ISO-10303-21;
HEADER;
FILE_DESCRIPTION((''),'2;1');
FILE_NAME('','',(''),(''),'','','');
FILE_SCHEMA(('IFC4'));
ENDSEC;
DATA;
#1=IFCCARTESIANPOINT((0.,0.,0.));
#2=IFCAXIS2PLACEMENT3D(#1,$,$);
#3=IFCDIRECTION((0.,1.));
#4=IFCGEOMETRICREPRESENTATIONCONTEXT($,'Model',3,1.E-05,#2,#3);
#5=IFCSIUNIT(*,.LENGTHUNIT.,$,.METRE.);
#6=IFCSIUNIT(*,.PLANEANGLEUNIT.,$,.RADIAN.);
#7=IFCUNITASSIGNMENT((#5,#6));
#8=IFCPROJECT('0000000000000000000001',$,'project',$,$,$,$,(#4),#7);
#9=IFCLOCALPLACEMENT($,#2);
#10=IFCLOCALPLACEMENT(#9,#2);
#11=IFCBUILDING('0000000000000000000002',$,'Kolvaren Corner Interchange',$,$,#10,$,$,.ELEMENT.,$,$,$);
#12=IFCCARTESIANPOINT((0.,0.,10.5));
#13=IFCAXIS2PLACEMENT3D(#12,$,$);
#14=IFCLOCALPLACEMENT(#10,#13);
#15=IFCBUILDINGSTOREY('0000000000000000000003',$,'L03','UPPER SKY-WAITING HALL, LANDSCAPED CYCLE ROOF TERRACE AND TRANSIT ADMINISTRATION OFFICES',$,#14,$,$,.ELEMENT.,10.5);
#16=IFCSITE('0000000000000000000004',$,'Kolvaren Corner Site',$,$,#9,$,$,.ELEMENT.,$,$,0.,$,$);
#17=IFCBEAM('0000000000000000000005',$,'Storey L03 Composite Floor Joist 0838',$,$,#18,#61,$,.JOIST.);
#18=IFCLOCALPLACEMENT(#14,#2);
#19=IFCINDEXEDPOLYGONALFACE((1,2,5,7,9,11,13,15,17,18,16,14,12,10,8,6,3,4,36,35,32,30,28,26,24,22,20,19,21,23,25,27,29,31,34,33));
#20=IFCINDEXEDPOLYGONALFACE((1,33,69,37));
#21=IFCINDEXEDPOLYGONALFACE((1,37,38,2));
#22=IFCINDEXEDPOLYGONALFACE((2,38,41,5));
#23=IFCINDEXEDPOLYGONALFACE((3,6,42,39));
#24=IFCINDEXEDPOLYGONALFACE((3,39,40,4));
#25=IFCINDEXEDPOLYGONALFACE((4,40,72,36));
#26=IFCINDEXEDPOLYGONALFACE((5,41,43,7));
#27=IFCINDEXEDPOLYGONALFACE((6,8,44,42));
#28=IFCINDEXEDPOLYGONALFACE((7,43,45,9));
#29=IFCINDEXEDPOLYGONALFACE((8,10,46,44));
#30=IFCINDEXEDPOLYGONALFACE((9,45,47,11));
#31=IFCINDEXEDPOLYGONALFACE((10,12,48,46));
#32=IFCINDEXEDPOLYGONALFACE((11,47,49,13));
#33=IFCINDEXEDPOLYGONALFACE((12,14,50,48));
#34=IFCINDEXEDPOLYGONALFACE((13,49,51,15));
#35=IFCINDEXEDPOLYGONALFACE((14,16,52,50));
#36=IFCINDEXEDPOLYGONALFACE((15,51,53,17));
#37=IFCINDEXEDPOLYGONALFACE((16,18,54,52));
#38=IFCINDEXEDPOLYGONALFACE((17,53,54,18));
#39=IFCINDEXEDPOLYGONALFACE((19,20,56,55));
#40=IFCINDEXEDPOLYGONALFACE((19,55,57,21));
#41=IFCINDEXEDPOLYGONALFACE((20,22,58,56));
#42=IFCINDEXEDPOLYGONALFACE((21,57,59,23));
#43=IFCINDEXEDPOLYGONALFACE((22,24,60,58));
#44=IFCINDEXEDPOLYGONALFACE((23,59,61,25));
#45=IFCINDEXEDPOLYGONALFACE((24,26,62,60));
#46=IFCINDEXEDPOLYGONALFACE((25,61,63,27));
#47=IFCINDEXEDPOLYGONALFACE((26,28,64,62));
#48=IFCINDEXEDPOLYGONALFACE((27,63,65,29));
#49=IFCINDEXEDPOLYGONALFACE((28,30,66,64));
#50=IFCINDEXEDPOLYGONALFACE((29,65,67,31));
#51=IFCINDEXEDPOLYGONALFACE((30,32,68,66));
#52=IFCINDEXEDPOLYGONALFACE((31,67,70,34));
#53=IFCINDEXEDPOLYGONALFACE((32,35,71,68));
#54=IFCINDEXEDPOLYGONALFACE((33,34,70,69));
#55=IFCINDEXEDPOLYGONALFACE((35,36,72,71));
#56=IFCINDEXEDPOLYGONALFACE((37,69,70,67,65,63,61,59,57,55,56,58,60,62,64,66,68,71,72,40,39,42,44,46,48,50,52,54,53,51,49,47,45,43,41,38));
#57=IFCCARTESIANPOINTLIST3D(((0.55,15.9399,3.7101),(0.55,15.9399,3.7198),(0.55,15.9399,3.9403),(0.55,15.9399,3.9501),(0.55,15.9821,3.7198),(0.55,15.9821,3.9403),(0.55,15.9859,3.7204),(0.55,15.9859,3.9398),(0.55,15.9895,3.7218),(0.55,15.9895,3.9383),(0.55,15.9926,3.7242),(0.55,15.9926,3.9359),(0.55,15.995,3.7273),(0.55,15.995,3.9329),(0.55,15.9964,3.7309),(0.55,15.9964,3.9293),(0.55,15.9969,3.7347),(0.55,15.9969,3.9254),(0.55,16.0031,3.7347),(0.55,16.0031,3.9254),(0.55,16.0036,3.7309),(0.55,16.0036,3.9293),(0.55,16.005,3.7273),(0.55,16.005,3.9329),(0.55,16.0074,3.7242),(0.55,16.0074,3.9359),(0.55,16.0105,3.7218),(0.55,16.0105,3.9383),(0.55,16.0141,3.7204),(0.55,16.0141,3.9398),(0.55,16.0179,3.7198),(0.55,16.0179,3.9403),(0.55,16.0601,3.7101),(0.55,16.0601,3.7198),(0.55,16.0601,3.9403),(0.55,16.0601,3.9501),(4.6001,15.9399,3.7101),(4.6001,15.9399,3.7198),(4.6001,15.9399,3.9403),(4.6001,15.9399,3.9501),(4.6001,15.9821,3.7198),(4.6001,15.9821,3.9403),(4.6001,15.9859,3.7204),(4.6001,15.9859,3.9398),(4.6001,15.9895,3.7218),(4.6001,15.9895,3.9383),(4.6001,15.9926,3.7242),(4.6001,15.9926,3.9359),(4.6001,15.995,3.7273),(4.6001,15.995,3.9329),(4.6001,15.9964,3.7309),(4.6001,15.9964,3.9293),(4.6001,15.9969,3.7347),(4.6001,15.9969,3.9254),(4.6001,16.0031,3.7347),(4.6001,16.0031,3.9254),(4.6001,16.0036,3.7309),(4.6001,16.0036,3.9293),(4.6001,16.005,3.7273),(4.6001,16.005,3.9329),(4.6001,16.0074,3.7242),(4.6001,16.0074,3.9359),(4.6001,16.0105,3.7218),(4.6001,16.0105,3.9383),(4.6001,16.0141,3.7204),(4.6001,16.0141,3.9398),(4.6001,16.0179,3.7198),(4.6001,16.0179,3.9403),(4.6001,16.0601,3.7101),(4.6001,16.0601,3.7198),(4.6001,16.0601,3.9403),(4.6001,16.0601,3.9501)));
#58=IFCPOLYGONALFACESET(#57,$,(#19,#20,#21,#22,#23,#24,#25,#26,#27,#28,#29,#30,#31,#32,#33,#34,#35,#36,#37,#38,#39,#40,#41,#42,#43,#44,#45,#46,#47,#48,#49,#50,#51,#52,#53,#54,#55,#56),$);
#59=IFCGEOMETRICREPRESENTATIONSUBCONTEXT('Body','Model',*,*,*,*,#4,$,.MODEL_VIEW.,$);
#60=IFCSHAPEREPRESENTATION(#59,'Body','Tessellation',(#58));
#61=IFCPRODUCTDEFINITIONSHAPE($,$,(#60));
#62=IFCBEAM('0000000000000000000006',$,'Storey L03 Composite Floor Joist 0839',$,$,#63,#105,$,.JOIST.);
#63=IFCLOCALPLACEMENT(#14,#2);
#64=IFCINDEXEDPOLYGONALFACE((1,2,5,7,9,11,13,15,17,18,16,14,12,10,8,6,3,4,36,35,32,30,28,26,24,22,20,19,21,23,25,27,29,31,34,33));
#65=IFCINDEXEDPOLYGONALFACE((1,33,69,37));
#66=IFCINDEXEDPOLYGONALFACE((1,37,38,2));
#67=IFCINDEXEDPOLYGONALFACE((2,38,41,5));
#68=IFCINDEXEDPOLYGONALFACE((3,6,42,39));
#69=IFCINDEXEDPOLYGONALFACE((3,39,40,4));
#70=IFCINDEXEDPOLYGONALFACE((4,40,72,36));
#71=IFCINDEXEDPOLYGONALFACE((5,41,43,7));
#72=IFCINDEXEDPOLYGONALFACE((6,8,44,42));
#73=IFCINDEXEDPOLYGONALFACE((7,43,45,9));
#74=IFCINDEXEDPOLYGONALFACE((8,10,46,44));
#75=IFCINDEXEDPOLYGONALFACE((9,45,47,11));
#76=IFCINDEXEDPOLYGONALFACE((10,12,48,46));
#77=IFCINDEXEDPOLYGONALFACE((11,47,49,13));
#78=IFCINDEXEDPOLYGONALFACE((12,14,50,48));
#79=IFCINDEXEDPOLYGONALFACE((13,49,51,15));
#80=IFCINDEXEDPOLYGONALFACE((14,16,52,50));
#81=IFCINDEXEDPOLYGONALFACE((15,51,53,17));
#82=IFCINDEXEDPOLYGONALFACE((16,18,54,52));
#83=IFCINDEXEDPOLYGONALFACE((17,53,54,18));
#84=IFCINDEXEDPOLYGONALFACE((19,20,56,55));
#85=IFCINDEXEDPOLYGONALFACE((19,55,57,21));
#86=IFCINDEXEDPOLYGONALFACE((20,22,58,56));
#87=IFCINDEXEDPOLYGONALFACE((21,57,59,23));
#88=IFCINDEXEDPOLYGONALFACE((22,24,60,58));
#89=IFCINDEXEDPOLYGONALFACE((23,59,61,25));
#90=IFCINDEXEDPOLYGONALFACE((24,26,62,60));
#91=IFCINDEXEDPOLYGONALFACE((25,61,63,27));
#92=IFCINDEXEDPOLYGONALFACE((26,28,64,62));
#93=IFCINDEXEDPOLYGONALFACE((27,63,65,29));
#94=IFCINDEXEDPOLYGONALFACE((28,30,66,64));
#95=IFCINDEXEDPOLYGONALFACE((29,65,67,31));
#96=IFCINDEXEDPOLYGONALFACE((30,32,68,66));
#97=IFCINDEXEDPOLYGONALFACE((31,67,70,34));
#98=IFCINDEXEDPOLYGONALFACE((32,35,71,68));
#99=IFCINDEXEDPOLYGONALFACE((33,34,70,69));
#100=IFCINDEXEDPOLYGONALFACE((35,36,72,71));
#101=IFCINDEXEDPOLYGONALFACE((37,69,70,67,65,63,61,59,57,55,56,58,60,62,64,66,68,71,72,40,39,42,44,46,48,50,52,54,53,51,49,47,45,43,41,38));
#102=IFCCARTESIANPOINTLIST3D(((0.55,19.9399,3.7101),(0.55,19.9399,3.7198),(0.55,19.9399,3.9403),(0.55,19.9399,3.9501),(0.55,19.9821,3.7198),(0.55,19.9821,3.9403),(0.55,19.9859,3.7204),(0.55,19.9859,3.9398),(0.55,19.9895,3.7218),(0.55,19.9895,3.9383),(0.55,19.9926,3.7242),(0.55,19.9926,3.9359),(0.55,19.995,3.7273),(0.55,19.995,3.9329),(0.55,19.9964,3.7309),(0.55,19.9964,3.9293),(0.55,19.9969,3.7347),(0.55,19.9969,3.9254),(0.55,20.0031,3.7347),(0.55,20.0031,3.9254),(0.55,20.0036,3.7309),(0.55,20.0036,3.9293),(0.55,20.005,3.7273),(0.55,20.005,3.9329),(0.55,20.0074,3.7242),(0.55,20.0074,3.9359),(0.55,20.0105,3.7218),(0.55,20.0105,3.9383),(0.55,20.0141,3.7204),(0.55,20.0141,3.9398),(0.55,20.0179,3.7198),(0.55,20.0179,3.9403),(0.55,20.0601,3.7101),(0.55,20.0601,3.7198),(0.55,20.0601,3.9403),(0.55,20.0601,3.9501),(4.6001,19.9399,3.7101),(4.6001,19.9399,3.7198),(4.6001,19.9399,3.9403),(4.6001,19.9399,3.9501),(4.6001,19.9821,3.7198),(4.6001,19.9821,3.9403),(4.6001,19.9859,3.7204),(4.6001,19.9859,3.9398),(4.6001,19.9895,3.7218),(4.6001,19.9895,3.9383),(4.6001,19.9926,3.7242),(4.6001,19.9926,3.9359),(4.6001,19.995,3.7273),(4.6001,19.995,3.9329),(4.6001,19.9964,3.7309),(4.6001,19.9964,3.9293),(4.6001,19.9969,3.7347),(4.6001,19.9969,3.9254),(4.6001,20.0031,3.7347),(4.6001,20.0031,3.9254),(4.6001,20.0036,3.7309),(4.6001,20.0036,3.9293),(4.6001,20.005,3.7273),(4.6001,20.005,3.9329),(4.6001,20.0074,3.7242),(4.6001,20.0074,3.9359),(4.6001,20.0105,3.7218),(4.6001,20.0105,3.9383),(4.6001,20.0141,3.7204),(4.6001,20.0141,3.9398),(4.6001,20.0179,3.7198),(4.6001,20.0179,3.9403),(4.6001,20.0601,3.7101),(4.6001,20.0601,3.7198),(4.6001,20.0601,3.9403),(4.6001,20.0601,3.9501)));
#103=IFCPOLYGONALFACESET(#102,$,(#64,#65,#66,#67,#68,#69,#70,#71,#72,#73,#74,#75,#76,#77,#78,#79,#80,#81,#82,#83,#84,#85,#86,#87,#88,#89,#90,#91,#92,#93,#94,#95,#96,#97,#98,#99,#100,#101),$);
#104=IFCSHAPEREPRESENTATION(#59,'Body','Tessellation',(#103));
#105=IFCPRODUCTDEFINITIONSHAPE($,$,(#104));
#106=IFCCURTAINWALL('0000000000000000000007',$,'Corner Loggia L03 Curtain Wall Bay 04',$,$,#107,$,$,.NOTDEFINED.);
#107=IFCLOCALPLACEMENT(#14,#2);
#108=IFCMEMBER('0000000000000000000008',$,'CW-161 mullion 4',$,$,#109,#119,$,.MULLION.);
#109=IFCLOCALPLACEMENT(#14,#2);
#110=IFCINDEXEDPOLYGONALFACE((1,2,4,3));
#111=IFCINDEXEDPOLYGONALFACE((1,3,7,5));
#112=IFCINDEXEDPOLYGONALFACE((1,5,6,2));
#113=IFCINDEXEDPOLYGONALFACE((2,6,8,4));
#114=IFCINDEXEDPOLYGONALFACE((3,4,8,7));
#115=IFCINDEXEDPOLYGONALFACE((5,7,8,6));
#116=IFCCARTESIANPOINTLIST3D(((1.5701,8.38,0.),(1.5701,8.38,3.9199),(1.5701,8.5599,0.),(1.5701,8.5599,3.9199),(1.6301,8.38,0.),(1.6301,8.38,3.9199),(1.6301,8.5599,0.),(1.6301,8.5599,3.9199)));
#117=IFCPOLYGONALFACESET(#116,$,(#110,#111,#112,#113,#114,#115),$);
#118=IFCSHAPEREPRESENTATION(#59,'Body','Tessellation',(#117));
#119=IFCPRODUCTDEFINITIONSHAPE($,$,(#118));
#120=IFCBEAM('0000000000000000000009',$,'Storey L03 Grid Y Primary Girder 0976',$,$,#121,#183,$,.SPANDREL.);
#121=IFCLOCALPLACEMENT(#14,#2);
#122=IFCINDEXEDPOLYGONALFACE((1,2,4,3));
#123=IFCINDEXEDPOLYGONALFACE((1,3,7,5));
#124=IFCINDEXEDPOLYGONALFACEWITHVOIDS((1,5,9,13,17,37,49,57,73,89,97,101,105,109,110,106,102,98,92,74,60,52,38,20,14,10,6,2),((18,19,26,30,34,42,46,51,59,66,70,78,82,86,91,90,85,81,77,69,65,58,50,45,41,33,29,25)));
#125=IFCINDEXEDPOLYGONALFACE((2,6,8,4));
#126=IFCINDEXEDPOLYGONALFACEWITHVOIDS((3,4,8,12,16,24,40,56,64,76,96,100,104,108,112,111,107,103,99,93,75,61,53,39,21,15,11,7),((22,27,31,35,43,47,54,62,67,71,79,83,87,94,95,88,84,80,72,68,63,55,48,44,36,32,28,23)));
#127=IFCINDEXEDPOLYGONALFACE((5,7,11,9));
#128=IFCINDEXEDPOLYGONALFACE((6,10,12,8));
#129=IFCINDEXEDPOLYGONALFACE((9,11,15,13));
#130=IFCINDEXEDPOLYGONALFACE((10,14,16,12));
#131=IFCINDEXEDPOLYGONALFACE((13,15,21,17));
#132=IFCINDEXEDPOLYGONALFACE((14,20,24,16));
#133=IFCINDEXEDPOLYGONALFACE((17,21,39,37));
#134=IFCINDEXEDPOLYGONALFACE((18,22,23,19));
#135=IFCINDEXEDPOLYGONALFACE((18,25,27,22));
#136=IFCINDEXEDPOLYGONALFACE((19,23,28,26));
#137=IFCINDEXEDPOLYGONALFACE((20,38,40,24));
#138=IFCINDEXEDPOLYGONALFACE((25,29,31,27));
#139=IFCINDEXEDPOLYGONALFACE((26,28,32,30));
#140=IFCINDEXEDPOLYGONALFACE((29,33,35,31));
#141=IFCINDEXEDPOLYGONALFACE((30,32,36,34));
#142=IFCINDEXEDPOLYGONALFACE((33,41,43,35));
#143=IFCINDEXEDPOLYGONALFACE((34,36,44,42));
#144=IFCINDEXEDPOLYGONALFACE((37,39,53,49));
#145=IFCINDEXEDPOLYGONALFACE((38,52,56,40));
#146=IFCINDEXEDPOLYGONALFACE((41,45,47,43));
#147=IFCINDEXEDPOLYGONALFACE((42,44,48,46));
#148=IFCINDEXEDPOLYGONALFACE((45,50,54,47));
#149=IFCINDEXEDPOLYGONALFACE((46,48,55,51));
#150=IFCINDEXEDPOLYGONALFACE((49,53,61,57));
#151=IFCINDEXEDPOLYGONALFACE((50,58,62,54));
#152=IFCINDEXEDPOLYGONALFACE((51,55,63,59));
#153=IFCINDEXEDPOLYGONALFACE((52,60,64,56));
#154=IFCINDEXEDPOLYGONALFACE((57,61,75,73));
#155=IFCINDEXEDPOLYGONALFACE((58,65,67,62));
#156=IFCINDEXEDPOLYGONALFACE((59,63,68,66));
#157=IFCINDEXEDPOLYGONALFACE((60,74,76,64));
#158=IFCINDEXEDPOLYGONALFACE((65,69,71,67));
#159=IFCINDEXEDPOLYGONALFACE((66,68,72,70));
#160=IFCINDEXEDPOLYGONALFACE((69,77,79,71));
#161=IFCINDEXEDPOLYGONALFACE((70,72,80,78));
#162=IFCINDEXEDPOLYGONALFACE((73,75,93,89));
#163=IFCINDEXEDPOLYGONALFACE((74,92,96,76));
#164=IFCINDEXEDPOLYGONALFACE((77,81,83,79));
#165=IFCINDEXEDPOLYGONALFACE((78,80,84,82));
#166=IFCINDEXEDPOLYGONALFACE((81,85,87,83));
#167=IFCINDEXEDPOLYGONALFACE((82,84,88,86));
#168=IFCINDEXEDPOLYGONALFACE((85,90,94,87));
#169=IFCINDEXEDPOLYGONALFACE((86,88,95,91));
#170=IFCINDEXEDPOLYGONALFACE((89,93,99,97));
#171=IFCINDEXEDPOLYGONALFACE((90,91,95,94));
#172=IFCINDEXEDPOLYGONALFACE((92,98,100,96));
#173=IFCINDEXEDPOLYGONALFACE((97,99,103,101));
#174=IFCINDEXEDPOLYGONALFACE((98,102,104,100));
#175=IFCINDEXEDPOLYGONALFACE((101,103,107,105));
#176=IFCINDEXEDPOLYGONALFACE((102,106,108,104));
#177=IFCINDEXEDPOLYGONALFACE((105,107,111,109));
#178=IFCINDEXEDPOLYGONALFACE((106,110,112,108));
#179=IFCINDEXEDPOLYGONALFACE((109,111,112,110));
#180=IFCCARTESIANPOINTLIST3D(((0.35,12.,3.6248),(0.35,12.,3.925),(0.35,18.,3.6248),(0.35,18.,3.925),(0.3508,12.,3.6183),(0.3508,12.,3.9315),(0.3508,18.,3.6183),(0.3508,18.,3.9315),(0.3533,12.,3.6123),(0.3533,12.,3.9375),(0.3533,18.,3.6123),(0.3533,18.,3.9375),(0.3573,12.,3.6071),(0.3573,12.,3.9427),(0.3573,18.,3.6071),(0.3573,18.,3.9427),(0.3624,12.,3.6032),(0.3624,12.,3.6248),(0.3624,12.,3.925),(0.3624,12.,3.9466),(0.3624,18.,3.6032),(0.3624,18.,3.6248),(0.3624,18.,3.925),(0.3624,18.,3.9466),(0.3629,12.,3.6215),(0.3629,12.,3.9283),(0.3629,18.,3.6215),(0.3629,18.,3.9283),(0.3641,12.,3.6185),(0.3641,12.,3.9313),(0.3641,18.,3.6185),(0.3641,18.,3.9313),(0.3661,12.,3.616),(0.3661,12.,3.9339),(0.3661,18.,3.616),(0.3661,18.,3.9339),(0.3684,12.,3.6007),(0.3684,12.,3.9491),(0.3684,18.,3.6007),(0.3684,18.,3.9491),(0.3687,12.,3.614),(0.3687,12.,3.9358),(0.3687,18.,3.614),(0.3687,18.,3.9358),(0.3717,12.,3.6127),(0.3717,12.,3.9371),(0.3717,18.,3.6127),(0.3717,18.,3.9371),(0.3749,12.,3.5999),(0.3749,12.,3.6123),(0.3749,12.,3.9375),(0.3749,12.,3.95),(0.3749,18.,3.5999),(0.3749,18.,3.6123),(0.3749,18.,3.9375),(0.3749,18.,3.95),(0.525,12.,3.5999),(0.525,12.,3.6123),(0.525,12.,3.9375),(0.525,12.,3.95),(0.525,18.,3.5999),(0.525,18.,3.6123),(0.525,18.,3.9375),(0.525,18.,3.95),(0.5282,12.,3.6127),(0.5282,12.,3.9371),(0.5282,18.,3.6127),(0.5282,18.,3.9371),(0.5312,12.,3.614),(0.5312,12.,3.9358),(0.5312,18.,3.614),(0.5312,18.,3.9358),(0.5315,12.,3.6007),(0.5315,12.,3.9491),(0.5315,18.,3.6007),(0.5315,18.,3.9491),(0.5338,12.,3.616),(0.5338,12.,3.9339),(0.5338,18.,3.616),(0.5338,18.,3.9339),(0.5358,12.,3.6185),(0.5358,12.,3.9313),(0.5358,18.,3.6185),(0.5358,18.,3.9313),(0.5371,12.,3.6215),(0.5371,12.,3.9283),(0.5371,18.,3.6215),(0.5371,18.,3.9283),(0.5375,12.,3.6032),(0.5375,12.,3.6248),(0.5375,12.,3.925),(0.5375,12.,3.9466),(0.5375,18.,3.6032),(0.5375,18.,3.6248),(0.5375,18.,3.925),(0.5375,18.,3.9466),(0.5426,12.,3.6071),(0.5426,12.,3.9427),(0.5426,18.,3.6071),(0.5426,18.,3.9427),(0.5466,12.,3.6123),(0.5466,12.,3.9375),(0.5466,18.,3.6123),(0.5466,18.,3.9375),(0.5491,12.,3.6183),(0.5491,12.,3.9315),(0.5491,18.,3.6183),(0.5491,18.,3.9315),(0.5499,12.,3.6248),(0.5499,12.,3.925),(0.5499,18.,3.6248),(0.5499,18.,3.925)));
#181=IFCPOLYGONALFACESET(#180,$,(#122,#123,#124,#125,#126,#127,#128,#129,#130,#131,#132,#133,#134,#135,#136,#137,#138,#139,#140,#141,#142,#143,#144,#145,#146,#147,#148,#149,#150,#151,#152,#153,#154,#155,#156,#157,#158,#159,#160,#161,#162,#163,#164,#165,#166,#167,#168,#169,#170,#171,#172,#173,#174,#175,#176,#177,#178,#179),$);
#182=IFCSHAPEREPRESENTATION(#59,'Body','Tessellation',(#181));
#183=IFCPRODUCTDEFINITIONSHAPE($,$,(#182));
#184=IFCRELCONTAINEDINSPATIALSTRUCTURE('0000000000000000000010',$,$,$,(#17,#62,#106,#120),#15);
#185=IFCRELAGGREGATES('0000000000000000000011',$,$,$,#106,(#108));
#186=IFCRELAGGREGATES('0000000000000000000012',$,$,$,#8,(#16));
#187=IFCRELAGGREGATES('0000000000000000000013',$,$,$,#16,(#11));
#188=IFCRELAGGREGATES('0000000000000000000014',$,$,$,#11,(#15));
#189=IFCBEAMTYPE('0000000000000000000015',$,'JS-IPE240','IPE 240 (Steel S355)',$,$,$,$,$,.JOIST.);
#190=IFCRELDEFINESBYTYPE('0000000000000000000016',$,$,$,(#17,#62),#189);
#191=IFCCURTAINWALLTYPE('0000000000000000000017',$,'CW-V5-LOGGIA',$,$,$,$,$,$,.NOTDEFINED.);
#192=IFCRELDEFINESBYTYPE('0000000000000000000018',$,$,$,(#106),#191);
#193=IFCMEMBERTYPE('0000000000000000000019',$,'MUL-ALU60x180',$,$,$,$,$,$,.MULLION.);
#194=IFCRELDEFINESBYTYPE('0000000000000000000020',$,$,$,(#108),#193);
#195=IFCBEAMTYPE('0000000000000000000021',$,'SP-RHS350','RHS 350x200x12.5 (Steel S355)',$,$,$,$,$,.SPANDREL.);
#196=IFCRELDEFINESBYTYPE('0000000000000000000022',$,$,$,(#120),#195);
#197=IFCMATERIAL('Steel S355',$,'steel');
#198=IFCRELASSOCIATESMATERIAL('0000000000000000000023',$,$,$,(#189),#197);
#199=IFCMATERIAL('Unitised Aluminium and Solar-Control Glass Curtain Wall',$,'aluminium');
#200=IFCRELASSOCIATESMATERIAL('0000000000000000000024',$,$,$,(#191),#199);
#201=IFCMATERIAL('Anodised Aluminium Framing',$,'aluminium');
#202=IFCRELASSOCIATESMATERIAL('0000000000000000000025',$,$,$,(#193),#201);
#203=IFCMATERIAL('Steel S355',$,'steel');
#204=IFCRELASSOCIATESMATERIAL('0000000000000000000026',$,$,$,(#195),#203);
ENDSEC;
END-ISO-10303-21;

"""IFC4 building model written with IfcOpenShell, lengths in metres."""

from ifc_helpers import new_model, si_unit, direction, frame, origin, origin_2d, place, context, subcontext, project, spatial, rectangle, hollow_rectangle, i_section, extrude, material, material_profile, profile_set, type_object, element, aggregate, save


model = new_model("IFC4")

# Units and contexts
model_context = context("Model", 3, precision=1e-05, world=origin(), true_north=direction((0.0, 1.0)))
body_context = subcontext(model_context, "Body", "Model", "MODEL_VIEW")
ifc_project = project(units=[si_unit("LENGTHUNIT", "METRE"), si_unit("PLANEANGLEUNIT", "RADIAN")], contexts=[model_context])

# Site, building, storey
site_placement = place(None, origin())
site = spatial("IfcSite", under=ifc_project, at=site_placement, Name="Kolvaren Corner Site", CompositionType="ELEMENT", RefElevation=0.0)
building_placement = place(site_placement, origin())
building = spatial("IfcBuilding", under=site, at=building_placement, Name="Kolvaren Corner Interchange", CompositionType="ELEMENT")
storey_placement = place(building_placement, frame((0.0, 0.0, 10.5)))
storey = spatial("IfcBuildingStorey", under=building, at=storey_placement, Name="L03", Description="UPPER SKY-WAITING HALL, LANDSCAPED CYCLE ROOF TERRACE AND TRANSIT ADMINISTRATION OFFICES", CompositionType="ELEMENT", Elevation=10.5)

# Beams
ifc_material_1 = material(Name="Steel S355", Category="steel")
ifc_material_profile_1 = material_profile(ifc_material_1, i_section(OverallWidth=0.1201, OverallDepth=0.24, WebThickness=0.0061, FlangeThickness=0.0098, FilletRadius=0.0149, at=origin_2d()), Name="IPE 240")
ifc_profile_set_1 = profile_set([ifc_material_profile_1], Name="Steel S355")
beam_type_1 = type_object("IfcBeamType", Name="JS-IPE240", Description="IPE 240 (Steel S355)", PredefinedType="JOIST", material=ifc_profile_set_1)
for number, where, z_axis, x_axis, name in (
    (1, (0.55, 16.0, 3.8301), (1.0, 0.0, 0.0), (0.0, 1.0, 0.0), "Storey L03 Composite Floor Joist 0838"),
    (2, (0.55, 20.0, 3.8301), (1.0, 0.0, 0.0), (0.0, 1.0, 0.0), "Storey L03 Composite Floor Joist 0839"),
):
    element("IfcBeam", number, at=place(storey_placement, frame(where, z_axis=z_axis, x_axis=x_axis)), inside=storey, type_object=beam_type_1, Name=name, PredefinedType="JOIST", context=body_context, shape_type="SweptSolid", body=[
        extrude(i_section(OverallWidth=0.1201, OverallDepth=0.24, WebThickness=0.0061, FlangeThickness=0.0098, FilletRadius=0.0149, at=origin_2d()), origin(), (0.0, 0.0, 1.0), 4.05),
    ])

# Curtain wall, member
ifc_material_2 = material(Name="Unitised Aluminium and Solar-Control Glass Curtain Wall", Category="aluminium")
curtain_wall_type = type_object("IfcCurtainWallType", Name="CW-V5-LOGGIA", PredefinedType="NOTDEFINED", material=ifc_material_2)
curtain_wall_placement = place(storey_placement, origin())
curtain_wall = element("IfcCurtainWall", 3, at=curtain_wall_placement, inside=storey, type_object=curtain_wall_type, Name="Corner Loggia L03 Curtain Wall Bay 04", PredefinedType="NOTDEFINED")
ifc_material_3 = material(Name="Anodised Aluminium Framing", Category="aluminium")
ifc_material_profile_2 = material_profile(ifc_material_3, rectangle(XDim=0.0601, YDim=0.1799, at=origin_2d()), Name="ALU 60x180")
ifc_profile_set_2 = profile_set([ifc_material_profile_2], Name="Anodised Aluminium Framing")
member_type_1 = type_object("IfcMemberType", Name="MUL-ALU60x180", PredefinedType="MULLION", material=ifc_profile_set_2)
member_1_placement = place(storey_placement, frame((1.6001, 8.47, 0.0), z_axis=(0.0, 0.0, 1.0), x_axis=(-1.0, 0.0, 0.0)))
member_1 = element("IfcMember", 4, at=member_1_placement, type_object=member_type_1, Name="CW-161 mullion 4", PredefinedType="MULLION", context=body_context, shape_type="SweptSolid", body=[
    extrude(rectangle(XDim=0.0601, YDim=0.1799, at=origin_2d()), origin(), (0.0, 0.0, 1.0), 3.9199),
])

# Beam
ifc_material_4 = material(Name="Steel S355", Category="steel")
ifc_material_profile_3 = material_profile(ifc_material_4, hollow_rectangle(XDim=0.2, YDim=0.3501, WallThickness=0.0125, InnerFilletRadius=0.0125, OuterFilletRadius=0.0249, at=origin_2d()), Name="RHS 350x200x12.5")
ifc_profile_set_3 = profile_set([ifc_material_profile_3], Name="Steel S355")
beam_type_2 = type_object("IfcBeamType", Name="SP-RHS350", Description="RHS 350x200x12.5 (Steel S355)", PredefinedType="SPANDREL", material=ifc_profile_set_3)
for number, where, z_axis, x_axis, name in (
    (5, (0.45, 12.0, 3.7749), (0.0, 1.0, 0.0), (-1.0, 0.0, 0.0), "Storey L03 Grid Y Primary Girder 0976"),
):
    element("IfcBeam", number, at=place(storey_placement, frame(where, z_axis=z_axis, x_axis=x_axis)), inside=storey, type_object=beam_type_2, Name=name, PredefinedType="SPANDREL", context=body_context, shape_type="SweptSolid", body=[
        extrude(hollow_rectangle(XDim=0.2, YDim=0.3501, WallThickness=0.0125, InnerFilletRadius=0.0125, OuterFilletRadius=0.0249, at=origin_2d()), origin(), (0.0, 0.0, 1.0), 6.0),
    ])

aggregate(curtain_wall, [member_1])

save(model, "model.ifc")
